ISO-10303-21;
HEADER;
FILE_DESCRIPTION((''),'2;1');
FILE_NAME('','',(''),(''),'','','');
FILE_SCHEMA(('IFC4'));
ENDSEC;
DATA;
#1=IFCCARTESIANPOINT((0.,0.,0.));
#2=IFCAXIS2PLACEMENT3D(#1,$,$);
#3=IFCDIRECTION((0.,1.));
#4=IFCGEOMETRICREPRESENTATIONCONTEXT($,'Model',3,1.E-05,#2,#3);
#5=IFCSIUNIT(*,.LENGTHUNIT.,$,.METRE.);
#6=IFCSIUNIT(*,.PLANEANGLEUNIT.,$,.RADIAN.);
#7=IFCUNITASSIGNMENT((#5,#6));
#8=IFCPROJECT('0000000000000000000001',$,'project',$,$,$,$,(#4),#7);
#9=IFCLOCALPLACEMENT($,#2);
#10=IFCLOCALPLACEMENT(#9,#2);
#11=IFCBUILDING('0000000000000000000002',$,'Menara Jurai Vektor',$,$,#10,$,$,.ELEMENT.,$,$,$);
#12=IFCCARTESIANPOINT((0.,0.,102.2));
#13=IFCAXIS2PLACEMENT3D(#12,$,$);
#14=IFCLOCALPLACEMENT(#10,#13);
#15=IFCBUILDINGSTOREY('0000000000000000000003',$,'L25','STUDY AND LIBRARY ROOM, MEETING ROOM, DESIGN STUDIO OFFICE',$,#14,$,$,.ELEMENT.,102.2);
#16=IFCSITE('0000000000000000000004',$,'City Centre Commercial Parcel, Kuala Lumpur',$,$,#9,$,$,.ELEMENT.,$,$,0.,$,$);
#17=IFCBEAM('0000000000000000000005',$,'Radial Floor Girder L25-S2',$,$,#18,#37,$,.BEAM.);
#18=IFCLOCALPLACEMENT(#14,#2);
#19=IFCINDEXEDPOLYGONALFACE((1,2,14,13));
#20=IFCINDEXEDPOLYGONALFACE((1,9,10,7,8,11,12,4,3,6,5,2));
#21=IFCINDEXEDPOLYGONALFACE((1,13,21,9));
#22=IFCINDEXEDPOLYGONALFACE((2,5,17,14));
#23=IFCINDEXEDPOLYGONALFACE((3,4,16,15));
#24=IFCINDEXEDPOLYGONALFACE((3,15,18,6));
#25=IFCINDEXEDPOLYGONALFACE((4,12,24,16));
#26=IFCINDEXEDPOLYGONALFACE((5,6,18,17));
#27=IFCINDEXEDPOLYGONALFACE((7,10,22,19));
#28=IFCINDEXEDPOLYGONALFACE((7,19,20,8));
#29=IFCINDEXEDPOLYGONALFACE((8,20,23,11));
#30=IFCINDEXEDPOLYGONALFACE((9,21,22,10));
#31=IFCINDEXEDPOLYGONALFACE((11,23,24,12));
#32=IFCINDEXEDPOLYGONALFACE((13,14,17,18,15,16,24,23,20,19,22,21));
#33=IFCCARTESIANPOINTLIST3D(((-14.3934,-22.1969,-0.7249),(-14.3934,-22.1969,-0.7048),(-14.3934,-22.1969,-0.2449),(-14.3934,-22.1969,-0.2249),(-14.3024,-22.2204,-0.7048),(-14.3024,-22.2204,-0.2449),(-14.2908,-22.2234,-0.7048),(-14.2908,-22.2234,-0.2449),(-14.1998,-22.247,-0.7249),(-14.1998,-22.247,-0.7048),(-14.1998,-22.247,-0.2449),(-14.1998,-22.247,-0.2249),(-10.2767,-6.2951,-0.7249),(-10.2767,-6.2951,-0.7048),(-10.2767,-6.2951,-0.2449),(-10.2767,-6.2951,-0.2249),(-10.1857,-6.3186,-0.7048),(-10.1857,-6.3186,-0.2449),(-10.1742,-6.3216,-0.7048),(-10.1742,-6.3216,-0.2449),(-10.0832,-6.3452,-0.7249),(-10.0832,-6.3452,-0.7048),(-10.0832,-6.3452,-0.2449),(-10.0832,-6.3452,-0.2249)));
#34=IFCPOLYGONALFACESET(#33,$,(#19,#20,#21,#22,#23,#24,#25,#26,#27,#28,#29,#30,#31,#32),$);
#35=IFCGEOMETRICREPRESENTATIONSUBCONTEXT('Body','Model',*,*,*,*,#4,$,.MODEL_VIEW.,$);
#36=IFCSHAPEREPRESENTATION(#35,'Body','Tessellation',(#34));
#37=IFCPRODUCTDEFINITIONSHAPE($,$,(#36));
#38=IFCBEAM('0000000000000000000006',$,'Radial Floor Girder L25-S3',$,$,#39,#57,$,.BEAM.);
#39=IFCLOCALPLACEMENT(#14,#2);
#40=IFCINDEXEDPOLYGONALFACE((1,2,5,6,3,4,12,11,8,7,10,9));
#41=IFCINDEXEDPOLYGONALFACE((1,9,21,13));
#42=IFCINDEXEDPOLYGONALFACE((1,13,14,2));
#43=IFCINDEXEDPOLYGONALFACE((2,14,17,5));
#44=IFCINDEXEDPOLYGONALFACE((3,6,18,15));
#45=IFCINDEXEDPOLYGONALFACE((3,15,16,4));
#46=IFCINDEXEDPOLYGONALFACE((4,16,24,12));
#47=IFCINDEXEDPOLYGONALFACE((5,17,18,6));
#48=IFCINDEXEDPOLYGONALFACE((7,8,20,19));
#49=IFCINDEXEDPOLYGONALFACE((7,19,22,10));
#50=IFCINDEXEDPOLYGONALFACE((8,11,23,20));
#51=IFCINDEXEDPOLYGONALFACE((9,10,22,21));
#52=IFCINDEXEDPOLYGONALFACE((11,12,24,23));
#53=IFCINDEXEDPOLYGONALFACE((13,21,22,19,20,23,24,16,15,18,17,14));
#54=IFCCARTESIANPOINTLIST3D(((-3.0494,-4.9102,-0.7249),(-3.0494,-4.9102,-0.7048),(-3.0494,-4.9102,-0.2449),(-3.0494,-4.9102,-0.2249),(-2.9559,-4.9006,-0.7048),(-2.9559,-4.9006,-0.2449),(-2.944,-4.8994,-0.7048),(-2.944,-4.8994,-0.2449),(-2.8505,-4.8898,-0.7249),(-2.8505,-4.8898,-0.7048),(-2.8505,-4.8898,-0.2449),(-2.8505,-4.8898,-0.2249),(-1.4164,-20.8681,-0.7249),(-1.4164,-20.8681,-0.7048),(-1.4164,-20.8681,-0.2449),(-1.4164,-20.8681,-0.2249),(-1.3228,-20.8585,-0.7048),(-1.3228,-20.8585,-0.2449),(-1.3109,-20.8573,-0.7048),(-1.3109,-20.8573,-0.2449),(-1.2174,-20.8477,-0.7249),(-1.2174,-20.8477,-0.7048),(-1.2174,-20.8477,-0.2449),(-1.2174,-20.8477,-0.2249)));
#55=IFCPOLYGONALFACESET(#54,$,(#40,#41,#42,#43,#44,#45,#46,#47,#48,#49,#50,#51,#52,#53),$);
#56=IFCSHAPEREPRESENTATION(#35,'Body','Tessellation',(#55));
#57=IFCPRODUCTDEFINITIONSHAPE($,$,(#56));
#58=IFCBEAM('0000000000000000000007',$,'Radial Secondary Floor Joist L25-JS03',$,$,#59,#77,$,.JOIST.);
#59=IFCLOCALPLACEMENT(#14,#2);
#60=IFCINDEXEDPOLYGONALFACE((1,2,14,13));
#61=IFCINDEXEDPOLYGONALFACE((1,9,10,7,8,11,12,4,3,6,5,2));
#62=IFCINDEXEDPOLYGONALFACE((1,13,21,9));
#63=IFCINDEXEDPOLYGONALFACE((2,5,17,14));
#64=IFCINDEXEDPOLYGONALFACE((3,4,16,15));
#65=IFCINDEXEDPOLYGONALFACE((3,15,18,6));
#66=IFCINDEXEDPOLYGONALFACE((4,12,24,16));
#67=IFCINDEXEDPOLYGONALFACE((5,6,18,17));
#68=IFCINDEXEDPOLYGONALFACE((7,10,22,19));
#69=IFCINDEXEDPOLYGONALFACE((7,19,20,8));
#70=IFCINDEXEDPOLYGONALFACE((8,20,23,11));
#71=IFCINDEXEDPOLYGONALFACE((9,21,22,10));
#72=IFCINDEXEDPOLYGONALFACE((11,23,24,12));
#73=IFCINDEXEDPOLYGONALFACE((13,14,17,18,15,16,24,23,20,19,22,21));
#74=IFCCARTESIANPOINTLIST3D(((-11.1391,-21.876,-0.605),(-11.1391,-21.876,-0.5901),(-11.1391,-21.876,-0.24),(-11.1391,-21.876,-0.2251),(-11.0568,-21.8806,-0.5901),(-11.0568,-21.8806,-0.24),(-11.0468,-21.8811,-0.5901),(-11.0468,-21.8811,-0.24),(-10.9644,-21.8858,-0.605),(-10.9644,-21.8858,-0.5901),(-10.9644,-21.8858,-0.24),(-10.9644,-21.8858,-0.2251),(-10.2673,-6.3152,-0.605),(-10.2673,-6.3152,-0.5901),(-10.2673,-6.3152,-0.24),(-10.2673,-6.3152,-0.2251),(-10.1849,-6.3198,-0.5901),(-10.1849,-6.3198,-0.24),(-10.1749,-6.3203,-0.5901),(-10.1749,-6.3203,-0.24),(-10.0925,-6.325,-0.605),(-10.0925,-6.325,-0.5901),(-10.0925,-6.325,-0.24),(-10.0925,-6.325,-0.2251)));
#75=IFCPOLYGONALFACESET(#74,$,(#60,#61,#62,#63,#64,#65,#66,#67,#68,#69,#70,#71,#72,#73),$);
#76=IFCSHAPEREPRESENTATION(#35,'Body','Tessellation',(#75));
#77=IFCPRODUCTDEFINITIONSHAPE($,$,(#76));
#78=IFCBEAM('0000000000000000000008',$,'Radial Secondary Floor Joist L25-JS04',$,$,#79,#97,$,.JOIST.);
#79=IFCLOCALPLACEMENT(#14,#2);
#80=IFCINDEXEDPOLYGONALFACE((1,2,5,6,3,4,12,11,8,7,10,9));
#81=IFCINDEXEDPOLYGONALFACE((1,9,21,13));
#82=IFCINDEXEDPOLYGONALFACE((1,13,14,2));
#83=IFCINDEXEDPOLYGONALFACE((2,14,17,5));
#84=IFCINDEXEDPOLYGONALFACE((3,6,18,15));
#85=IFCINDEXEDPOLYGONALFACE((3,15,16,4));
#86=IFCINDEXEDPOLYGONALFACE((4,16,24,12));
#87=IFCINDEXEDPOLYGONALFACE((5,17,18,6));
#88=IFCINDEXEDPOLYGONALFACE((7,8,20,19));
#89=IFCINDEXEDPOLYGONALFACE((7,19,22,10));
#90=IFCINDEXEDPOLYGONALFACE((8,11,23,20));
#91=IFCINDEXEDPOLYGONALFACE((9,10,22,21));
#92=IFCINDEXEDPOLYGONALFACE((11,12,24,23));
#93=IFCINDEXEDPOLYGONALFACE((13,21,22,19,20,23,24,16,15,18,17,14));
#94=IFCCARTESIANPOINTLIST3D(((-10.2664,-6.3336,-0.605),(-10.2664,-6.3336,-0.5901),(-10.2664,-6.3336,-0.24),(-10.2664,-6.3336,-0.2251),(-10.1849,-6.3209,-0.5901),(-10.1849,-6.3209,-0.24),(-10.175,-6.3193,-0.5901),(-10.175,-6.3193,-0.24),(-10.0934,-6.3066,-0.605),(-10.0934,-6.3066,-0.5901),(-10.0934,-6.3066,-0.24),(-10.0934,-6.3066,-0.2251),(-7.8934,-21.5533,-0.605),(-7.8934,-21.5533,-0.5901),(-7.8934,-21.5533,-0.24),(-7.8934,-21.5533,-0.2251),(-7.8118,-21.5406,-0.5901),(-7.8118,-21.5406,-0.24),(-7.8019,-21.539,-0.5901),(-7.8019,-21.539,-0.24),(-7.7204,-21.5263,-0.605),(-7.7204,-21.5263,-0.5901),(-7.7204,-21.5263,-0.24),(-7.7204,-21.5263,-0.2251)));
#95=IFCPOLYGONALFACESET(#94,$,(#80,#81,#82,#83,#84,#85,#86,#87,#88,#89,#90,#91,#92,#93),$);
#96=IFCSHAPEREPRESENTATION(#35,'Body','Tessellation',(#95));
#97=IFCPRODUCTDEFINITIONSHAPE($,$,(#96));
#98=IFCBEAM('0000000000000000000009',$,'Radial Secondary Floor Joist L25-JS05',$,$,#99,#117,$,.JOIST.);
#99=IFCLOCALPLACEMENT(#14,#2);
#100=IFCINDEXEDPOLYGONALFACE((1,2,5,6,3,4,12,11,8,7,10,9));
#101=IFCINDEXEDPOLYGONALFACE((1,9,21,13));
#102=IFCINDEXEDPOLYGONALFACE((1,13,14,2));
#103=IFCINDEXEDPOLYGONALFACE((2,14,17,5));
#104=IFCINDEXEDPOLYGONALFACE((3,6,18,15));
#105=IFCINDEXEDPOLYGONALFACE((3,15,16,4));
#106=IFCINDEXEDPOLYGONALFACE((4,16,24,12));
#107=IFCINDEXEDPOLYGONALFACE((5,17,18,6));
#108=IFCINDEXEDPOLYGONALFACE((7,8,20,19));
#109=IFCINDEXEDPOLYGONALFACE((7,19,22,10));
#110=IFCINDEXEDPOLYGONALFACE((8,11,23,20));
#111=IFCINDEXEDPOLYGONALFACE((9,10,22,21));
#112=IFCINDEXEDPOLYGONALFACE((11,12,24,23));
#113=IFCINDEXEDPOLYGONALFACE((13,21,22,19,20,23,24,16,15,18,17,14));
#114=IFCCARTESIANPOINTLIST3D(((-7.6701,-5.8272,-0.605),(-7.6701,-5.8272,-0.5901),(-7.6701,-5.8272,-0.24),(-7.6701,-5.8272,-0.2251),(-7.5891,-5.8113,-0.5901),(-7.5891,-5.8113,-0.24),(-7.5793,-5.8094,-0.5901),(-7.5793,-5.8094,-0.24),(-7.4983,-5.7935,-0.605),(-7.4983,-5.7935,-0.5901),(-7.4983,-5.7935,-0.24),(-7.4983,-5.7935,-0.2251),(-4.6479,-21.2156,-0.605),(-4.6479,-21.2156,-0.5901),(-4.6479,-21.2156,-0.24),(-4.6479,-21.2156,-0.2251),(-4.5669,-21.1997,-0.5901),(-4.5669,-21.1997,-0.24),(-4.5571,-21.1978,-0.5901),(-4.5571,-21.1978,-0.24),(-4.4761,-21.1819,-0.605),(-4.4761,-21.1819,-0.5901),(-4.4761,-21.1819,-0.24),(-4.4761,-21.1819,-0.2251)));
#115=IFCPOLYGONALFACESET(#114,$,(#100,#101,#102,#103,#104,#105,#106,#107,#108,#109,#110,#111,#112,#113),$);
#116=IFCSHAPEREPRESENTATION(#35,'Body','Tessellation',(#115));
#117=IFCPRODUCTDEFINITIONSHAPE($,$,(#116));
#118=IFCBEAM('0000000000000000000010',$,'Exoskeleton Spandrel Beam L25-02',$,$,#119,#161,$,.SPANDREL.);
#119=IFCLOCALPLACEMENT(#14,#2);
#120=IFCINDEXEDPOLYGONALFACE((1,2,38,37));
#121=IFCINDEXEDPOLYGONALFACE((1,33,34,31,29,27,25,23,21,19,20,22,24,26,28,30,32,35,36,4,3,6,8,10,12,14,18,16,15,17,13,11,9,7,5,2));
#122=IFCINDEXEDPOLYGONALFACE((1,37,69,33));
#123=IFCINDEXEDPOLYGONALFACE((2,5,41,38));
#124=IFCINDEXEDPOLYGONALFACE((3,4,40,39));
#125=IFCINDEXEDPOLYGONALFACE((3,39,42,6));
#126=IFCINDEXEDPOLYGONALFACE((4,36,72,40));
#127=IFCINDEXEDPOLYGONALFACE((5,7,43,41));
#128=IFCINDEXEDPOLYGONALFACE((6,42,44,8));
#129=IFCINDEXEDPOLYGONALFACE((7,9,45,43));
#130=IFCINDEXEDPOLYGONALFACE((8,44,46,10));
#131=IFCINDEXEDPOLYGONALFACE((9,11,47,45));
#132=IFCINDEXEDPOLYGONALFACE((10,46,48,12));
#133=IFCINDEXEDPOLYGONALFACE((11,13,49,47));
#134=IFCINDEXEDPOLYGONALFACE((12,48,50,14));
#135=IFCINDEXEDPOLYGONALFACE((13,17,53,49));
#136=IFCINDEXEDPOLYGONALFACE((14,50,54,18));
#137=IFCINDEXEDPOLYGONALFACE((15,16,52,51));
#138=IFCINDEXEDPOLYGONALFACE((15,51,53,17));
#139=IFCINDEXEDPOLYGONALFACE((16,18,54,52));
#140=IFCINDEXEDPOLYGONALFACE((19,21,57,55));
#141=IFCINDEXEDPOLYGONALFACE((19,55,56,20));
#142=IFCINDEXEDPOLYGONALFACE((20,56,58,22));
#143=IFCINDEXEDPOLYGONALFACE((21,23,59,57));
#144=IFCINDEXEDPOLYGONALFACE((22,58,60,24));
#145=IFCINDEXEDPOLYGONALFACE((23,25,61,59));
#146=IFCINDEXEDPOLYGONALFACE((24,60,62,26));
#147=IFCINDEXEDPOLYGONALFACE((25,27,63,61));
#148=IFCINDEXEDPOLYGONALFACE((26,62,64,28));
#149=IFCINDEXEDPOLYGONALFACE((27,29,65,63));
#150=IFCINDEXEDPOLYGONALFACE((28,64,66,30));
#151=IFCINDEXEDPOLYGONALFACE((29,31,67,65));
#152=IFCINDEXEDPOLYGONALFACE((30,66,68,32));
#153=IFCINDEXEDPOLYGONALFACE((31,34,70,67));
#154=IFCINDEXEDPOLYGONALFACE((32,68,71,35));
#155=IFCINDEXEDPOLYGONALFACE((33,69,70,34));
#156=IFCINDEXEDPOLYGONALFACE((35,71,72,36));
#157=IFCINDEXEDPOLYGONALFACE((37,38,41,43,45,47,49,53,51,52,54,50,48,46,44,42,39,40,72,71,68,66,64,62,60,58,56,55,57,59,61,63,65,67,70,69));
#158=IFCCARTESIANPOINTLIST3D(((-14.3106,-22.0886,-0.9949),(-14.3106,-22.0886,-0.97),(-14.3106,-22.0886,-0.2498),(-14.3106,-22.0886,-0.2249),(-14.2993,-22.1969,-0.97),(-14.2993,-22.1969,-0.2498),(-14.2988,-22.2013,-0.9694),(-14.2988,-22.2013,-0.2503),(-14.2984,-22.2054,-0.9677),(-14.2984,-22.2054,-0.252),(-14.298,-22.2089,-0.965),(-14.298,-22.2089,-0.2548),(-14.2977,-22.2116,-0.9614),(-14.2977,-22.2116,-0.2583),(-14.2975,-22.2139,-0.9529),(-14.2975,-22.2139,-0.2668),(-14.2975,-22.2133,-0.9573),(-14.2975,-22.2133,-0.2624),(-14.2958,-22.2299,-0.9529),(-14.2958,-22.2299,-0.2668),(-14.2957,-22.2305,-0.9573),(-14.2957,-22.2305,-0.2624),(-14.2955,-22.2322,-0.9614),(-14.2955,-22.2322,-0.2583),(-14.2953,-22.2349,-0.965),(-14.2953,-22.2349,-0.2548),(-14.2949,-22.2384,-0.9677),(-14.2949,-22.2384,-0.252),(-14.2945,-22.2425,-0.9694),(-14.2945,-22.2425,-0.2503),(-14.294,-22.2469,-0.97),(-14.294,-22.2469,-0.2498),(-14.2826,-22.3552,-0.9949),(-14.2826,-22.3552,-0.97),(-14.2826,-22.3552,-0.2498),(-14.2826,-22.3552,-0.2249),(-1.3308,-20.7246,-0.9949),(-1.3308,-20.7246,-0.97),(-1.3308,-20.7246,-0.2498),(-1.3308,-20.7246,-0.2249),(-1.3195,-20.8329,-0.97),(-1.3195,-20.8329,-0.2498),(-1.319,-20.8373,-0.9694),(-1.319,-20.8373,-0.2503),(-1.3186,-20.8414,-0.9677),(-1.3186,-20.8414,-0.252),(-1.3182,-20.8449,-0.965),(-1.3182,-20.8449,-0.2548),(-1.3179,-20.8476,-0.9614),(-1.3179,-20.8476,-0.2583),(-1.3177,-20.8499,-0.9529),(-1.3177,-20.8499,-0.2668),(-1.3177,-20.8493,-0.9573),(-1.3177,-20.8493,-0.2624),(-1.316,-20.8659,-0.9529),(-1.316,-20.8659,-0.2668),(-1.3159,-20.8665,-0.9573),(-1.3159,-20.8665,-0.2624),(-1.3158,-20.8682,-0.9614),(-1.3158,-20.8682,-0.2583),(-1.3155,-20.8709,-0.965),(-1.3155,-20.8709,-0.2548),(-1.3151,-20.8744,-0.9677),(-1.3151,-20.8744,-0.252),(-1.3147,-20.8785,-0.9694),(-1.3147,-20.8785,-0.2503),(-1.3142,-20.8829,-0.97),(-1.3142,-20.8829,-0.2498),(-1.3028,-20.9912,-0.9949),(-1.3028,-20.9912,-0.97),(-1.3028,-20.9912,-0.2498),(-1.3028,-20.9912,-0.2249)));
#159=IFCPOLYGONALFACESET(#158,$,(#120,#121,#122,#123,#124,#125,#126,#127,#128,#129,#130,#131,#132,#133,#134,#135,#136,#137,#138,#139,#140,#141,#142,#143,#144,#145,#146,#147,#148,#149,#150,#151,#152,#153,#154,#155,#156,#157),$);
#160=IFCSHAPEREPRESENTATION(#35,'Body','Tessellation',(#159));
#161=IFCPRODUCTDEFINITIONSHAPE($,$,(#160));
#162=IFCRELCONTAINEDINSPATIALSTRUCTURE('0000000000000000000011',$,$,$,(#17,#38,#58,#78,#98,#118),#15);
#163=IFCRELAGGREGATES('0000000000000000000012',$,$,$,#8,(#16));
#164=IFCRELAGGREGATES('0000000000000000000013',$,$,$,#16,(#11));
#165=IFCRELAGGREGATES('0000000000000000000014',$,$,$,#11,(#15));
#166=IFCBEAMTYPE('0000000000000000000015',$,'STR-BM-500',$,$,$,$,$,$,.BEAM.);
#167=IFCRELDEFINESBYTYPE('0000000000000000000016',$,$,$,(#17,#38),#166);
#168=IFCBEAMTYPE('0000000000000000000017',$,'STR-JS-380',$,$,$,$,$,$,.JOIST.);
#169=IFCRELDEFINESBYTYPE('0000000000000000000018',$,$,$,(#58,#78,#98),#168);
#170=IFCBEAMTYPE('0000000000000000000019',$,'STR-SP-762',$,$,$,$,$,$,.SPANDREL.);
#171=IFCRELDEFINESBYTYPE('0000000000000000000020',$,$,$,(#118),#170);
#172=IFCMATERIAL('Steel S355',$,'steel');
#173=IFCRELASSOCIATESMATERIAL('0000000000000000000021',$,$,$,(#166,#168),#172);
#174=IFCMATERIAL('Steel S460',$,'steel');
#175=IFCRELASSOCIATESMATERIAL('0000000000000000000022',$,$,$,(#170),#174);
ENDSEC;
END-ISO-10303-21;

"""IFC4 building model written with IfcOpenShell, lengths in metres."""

from ifc_helpers import new_model, si_unit, direction, frame, origin, origin_2d, place, context, subcontext, project, spatial, i_section, extrude, material, material_profile, profile_set, type_object, element, save


model = new_model("IFC4")

# Units and contexts
model_context = context("Model", 3, precision=1e-05, world=origin(), true_north=direction((0.0, 1.0)))
body_context = subcontext(model_context, "Body", "Model", "MODEL_VIEW")
ifc_project = project(units=[si_unit("LENGTHUNIT", "METRE"), si_unit("PLANEANGLEUNIT", "RADIAN")], contexts=[model_context])

# Site, building, storey
site_placement = place(None, origin())
site = spatial("IfcSite", under=ifc_project, at=site_placement, Name="City Centre Commercial Parcel, Kuala Lumpur", CompositionType="ELEMENT", RefElevation=0.0)
building_placement = place(site_placement, origin())
building = spatial("IfcBuilding", under=site, at=building_placement, Name="Menara Jurai Vektor", CompositionType="ELEMENT")
storey_placement = place(building_placement, frame((0.0, 0.0, 102.2)))
storey = spatial("IfcBuildingStorey", under=building, at=storey_placement, Name="L25", Description="STUDY AND LIBRARY ROOM, MEETING ROOM, DESIGN STUDIO OFFICE", CompositionType="ELEMENT", Elevation=102.2)

# Shared definitions
ifc_material_1 = material(Name="Steel S460", Category="steel")

# Beams
ifc_material_2 = material(Name="Steel S355", Category="steel")
ifc_material_profile_1 = material_profile(ifc_material_2, i_section(OverallWidth=0.2, OverallDepth=0.5, WebThickness=0.012, FlangeThickness=0.02, at=origin_2d()), Name="PG 500x200x96")
ifc_profile_set_1 = profile_set([ifc_material_profile_1], Name="Steel S355")
beam_type_1 = type_object("IfcBeamType", Name="STR-BM-500", PredefinedType="BEAM", material=ifc_profile_set_1)
beam_1_placement = place(storey_placement, frame((-14.2966, -22.2219, -0.4749), z_axis=(0.25062, 0.968086, 0.0), x_axis=(-0.968086, 0.25062, 0.0)))
element("IfcBeam", 1, at=beam_1_placement, inside=storey, type_object=beam_type_1, Name="Radial Floor Girder L25-S2", PredefinedType="BEAM", context=body_context, shape_type="SweptSolid", body=[
    extrude(i_section(OverallWidth=0.2, OverallDepth=0.5, WebThickness=0.012, FlangeThickness=0.02, at=origin_2d()), origin(), (0.0, 0.0, 1.0), 16.426),
])
beam_2_placement = place(storey_placement, frame((-1.3169, -20.8579, -0.4749), z_axis=(-0.101803, 0.994805, 0.0), x_axis=(-0.994805, -0.101803, 0.0)))
element("IfcBeam", 2, at=beam_2_placement, inside=storey, type_object=beam_type_1, Name="Radial Floor Girder L25-S3", PredefinedType="BEAM", context=body_context, shape_type="SweptSolid", body=[
    extrude(i_section(OverallWidth=0.2, OverallDepth=0.5, WebThickness=0.012, FlangeThickness=0.02, at=origin_2d()), origin(), (0.0, 0.0, 1.0), 16.0413),
])
ifc_material_profile_2 = material_profile(ifc_material_2, i_section(OverallWidth=0.175, OverallDepth=0.3799, WebThickness=0.01, FlangeThickness=0.0149, at=origin_2d()), Name="PG 380x175x58")
ifc_profile_set_2 = profile_set([ifc_material_profile_2], Name="Steel S355")
beam_type_2 = type_object("IfcBeamType", Name="STR-JS-380", PredefinedType="JOIST", material=ifc_profile_set_2)
beam_3_placement = place(storey_placement, frame((-11.0518, -21.8809, -0.415), z_axis=(0.055939, 0.998434, 0.0), x_axis=(-0.998434, 0.055939, 0.0)))
element("IfcBeam", 3, at=beam_3_placement, inside=storey, type_object=beam_type_2, Name="Radial Secondary Floor Joist L25-JS03", PredefinedType="JOIST", context=body_context, shape_type="SweptSolid", body=[
    extrude(i_section(OverallWidth=0.175, OverallDepth=0.3799, WebThickness=0.01, FlangeThickness=0.0149, at=origin_2d()), origin(), (0.0, 0.0, 1.0), 15.5852),
])
beam_4_placement = place(storey_placement, frame((-7.8069, -21.5398, -0.415), z_axis=(-0.154058, 0.988062, 0.0), x_axis=(-0.988062, -0.154058, 0.0)))
element("IfcBeam", 4, at=beam_4_placement, inside=storey, type_object=beam_type_2, Name="Radial Secondary Floor Joist L25-JS04", PredefinedType="JOIST", context=body_context, shape_type="SweptSolid", body=[
    extrude(i_section(OverallWidth=0.175, OverallDepth=0.3799, WebThickness=0.01, FlangeThickness=0.0149, at=origin_2d()), origin(), (0.0, 0.0, 1.0), 15.4036),
])
beam_5_placement = place(storey_placement, frame((-4.562, -21.1987, -0.415), z_axis=(-0.192714, 0.981255, 0.0), x_axis=(-0.981255, -0.192714, 0.0)))
element("IfcBeam", 5, at=beam_5_placement, inside=storey, type_object=beam_type_2, Name="Radial Secondary Floor Joist L25-JS05", PredefinedType="JOIST", context=body_context, shape_type="SweptSolid", body=[
    extrude(i_section(OverallWidth=0.175, OverallDepth=0.3799, WebThickness=0.01, FlangeThickness=0.0149, at=origin_2d()), origin(), (0.0, 0.0, 1.0), 15.6824),
])
ifc_material_profile_3 = material_profile(ifc_material_1, i_section(OverallWidth=0.2681, OverallDepth=0.77, WebThickness=0.0161, FlangeThickness=0.0249, FilletRadius=0.0171, at=origin_2d()), Name="UKB 762x267x197")
ifc_profile_set_3 = profile_set([ifc_material_profile_3], Name="Steel S460")
beam_type_3 = type_object("IfcBeamType", Name="STR-SP-762", PredefinedType="SPANDREL", material=ifc_profile_set_3)
beam_6_placement = place(storey_placement, frame((-14.2966, -22.2219, -0.6099), z_axis=(0.994524, 0.104512, 0.0), x_axis=(-0.104512, 0.994524, 0.0)))
element("IfcBeam", 6, at=beam_6_placement, inside=storey, type_object=beam_type_3, Name="Exoskeleton Spandrel Beam L25-02", PredefinedType="SPANDREL", context=body_context, shape_type="SweptSolid", body=[
    extrude(i_section(OverallWidth=0.2681, OverallDepth=0.77, WebThickness=0.0161, FlangeThickness=0.0249, FilletRadius=0.0171, at=origin_2d()), origin(), (0.0, 0.0, 1.0), 13.0513),
])

save(model, "model.ifc")
